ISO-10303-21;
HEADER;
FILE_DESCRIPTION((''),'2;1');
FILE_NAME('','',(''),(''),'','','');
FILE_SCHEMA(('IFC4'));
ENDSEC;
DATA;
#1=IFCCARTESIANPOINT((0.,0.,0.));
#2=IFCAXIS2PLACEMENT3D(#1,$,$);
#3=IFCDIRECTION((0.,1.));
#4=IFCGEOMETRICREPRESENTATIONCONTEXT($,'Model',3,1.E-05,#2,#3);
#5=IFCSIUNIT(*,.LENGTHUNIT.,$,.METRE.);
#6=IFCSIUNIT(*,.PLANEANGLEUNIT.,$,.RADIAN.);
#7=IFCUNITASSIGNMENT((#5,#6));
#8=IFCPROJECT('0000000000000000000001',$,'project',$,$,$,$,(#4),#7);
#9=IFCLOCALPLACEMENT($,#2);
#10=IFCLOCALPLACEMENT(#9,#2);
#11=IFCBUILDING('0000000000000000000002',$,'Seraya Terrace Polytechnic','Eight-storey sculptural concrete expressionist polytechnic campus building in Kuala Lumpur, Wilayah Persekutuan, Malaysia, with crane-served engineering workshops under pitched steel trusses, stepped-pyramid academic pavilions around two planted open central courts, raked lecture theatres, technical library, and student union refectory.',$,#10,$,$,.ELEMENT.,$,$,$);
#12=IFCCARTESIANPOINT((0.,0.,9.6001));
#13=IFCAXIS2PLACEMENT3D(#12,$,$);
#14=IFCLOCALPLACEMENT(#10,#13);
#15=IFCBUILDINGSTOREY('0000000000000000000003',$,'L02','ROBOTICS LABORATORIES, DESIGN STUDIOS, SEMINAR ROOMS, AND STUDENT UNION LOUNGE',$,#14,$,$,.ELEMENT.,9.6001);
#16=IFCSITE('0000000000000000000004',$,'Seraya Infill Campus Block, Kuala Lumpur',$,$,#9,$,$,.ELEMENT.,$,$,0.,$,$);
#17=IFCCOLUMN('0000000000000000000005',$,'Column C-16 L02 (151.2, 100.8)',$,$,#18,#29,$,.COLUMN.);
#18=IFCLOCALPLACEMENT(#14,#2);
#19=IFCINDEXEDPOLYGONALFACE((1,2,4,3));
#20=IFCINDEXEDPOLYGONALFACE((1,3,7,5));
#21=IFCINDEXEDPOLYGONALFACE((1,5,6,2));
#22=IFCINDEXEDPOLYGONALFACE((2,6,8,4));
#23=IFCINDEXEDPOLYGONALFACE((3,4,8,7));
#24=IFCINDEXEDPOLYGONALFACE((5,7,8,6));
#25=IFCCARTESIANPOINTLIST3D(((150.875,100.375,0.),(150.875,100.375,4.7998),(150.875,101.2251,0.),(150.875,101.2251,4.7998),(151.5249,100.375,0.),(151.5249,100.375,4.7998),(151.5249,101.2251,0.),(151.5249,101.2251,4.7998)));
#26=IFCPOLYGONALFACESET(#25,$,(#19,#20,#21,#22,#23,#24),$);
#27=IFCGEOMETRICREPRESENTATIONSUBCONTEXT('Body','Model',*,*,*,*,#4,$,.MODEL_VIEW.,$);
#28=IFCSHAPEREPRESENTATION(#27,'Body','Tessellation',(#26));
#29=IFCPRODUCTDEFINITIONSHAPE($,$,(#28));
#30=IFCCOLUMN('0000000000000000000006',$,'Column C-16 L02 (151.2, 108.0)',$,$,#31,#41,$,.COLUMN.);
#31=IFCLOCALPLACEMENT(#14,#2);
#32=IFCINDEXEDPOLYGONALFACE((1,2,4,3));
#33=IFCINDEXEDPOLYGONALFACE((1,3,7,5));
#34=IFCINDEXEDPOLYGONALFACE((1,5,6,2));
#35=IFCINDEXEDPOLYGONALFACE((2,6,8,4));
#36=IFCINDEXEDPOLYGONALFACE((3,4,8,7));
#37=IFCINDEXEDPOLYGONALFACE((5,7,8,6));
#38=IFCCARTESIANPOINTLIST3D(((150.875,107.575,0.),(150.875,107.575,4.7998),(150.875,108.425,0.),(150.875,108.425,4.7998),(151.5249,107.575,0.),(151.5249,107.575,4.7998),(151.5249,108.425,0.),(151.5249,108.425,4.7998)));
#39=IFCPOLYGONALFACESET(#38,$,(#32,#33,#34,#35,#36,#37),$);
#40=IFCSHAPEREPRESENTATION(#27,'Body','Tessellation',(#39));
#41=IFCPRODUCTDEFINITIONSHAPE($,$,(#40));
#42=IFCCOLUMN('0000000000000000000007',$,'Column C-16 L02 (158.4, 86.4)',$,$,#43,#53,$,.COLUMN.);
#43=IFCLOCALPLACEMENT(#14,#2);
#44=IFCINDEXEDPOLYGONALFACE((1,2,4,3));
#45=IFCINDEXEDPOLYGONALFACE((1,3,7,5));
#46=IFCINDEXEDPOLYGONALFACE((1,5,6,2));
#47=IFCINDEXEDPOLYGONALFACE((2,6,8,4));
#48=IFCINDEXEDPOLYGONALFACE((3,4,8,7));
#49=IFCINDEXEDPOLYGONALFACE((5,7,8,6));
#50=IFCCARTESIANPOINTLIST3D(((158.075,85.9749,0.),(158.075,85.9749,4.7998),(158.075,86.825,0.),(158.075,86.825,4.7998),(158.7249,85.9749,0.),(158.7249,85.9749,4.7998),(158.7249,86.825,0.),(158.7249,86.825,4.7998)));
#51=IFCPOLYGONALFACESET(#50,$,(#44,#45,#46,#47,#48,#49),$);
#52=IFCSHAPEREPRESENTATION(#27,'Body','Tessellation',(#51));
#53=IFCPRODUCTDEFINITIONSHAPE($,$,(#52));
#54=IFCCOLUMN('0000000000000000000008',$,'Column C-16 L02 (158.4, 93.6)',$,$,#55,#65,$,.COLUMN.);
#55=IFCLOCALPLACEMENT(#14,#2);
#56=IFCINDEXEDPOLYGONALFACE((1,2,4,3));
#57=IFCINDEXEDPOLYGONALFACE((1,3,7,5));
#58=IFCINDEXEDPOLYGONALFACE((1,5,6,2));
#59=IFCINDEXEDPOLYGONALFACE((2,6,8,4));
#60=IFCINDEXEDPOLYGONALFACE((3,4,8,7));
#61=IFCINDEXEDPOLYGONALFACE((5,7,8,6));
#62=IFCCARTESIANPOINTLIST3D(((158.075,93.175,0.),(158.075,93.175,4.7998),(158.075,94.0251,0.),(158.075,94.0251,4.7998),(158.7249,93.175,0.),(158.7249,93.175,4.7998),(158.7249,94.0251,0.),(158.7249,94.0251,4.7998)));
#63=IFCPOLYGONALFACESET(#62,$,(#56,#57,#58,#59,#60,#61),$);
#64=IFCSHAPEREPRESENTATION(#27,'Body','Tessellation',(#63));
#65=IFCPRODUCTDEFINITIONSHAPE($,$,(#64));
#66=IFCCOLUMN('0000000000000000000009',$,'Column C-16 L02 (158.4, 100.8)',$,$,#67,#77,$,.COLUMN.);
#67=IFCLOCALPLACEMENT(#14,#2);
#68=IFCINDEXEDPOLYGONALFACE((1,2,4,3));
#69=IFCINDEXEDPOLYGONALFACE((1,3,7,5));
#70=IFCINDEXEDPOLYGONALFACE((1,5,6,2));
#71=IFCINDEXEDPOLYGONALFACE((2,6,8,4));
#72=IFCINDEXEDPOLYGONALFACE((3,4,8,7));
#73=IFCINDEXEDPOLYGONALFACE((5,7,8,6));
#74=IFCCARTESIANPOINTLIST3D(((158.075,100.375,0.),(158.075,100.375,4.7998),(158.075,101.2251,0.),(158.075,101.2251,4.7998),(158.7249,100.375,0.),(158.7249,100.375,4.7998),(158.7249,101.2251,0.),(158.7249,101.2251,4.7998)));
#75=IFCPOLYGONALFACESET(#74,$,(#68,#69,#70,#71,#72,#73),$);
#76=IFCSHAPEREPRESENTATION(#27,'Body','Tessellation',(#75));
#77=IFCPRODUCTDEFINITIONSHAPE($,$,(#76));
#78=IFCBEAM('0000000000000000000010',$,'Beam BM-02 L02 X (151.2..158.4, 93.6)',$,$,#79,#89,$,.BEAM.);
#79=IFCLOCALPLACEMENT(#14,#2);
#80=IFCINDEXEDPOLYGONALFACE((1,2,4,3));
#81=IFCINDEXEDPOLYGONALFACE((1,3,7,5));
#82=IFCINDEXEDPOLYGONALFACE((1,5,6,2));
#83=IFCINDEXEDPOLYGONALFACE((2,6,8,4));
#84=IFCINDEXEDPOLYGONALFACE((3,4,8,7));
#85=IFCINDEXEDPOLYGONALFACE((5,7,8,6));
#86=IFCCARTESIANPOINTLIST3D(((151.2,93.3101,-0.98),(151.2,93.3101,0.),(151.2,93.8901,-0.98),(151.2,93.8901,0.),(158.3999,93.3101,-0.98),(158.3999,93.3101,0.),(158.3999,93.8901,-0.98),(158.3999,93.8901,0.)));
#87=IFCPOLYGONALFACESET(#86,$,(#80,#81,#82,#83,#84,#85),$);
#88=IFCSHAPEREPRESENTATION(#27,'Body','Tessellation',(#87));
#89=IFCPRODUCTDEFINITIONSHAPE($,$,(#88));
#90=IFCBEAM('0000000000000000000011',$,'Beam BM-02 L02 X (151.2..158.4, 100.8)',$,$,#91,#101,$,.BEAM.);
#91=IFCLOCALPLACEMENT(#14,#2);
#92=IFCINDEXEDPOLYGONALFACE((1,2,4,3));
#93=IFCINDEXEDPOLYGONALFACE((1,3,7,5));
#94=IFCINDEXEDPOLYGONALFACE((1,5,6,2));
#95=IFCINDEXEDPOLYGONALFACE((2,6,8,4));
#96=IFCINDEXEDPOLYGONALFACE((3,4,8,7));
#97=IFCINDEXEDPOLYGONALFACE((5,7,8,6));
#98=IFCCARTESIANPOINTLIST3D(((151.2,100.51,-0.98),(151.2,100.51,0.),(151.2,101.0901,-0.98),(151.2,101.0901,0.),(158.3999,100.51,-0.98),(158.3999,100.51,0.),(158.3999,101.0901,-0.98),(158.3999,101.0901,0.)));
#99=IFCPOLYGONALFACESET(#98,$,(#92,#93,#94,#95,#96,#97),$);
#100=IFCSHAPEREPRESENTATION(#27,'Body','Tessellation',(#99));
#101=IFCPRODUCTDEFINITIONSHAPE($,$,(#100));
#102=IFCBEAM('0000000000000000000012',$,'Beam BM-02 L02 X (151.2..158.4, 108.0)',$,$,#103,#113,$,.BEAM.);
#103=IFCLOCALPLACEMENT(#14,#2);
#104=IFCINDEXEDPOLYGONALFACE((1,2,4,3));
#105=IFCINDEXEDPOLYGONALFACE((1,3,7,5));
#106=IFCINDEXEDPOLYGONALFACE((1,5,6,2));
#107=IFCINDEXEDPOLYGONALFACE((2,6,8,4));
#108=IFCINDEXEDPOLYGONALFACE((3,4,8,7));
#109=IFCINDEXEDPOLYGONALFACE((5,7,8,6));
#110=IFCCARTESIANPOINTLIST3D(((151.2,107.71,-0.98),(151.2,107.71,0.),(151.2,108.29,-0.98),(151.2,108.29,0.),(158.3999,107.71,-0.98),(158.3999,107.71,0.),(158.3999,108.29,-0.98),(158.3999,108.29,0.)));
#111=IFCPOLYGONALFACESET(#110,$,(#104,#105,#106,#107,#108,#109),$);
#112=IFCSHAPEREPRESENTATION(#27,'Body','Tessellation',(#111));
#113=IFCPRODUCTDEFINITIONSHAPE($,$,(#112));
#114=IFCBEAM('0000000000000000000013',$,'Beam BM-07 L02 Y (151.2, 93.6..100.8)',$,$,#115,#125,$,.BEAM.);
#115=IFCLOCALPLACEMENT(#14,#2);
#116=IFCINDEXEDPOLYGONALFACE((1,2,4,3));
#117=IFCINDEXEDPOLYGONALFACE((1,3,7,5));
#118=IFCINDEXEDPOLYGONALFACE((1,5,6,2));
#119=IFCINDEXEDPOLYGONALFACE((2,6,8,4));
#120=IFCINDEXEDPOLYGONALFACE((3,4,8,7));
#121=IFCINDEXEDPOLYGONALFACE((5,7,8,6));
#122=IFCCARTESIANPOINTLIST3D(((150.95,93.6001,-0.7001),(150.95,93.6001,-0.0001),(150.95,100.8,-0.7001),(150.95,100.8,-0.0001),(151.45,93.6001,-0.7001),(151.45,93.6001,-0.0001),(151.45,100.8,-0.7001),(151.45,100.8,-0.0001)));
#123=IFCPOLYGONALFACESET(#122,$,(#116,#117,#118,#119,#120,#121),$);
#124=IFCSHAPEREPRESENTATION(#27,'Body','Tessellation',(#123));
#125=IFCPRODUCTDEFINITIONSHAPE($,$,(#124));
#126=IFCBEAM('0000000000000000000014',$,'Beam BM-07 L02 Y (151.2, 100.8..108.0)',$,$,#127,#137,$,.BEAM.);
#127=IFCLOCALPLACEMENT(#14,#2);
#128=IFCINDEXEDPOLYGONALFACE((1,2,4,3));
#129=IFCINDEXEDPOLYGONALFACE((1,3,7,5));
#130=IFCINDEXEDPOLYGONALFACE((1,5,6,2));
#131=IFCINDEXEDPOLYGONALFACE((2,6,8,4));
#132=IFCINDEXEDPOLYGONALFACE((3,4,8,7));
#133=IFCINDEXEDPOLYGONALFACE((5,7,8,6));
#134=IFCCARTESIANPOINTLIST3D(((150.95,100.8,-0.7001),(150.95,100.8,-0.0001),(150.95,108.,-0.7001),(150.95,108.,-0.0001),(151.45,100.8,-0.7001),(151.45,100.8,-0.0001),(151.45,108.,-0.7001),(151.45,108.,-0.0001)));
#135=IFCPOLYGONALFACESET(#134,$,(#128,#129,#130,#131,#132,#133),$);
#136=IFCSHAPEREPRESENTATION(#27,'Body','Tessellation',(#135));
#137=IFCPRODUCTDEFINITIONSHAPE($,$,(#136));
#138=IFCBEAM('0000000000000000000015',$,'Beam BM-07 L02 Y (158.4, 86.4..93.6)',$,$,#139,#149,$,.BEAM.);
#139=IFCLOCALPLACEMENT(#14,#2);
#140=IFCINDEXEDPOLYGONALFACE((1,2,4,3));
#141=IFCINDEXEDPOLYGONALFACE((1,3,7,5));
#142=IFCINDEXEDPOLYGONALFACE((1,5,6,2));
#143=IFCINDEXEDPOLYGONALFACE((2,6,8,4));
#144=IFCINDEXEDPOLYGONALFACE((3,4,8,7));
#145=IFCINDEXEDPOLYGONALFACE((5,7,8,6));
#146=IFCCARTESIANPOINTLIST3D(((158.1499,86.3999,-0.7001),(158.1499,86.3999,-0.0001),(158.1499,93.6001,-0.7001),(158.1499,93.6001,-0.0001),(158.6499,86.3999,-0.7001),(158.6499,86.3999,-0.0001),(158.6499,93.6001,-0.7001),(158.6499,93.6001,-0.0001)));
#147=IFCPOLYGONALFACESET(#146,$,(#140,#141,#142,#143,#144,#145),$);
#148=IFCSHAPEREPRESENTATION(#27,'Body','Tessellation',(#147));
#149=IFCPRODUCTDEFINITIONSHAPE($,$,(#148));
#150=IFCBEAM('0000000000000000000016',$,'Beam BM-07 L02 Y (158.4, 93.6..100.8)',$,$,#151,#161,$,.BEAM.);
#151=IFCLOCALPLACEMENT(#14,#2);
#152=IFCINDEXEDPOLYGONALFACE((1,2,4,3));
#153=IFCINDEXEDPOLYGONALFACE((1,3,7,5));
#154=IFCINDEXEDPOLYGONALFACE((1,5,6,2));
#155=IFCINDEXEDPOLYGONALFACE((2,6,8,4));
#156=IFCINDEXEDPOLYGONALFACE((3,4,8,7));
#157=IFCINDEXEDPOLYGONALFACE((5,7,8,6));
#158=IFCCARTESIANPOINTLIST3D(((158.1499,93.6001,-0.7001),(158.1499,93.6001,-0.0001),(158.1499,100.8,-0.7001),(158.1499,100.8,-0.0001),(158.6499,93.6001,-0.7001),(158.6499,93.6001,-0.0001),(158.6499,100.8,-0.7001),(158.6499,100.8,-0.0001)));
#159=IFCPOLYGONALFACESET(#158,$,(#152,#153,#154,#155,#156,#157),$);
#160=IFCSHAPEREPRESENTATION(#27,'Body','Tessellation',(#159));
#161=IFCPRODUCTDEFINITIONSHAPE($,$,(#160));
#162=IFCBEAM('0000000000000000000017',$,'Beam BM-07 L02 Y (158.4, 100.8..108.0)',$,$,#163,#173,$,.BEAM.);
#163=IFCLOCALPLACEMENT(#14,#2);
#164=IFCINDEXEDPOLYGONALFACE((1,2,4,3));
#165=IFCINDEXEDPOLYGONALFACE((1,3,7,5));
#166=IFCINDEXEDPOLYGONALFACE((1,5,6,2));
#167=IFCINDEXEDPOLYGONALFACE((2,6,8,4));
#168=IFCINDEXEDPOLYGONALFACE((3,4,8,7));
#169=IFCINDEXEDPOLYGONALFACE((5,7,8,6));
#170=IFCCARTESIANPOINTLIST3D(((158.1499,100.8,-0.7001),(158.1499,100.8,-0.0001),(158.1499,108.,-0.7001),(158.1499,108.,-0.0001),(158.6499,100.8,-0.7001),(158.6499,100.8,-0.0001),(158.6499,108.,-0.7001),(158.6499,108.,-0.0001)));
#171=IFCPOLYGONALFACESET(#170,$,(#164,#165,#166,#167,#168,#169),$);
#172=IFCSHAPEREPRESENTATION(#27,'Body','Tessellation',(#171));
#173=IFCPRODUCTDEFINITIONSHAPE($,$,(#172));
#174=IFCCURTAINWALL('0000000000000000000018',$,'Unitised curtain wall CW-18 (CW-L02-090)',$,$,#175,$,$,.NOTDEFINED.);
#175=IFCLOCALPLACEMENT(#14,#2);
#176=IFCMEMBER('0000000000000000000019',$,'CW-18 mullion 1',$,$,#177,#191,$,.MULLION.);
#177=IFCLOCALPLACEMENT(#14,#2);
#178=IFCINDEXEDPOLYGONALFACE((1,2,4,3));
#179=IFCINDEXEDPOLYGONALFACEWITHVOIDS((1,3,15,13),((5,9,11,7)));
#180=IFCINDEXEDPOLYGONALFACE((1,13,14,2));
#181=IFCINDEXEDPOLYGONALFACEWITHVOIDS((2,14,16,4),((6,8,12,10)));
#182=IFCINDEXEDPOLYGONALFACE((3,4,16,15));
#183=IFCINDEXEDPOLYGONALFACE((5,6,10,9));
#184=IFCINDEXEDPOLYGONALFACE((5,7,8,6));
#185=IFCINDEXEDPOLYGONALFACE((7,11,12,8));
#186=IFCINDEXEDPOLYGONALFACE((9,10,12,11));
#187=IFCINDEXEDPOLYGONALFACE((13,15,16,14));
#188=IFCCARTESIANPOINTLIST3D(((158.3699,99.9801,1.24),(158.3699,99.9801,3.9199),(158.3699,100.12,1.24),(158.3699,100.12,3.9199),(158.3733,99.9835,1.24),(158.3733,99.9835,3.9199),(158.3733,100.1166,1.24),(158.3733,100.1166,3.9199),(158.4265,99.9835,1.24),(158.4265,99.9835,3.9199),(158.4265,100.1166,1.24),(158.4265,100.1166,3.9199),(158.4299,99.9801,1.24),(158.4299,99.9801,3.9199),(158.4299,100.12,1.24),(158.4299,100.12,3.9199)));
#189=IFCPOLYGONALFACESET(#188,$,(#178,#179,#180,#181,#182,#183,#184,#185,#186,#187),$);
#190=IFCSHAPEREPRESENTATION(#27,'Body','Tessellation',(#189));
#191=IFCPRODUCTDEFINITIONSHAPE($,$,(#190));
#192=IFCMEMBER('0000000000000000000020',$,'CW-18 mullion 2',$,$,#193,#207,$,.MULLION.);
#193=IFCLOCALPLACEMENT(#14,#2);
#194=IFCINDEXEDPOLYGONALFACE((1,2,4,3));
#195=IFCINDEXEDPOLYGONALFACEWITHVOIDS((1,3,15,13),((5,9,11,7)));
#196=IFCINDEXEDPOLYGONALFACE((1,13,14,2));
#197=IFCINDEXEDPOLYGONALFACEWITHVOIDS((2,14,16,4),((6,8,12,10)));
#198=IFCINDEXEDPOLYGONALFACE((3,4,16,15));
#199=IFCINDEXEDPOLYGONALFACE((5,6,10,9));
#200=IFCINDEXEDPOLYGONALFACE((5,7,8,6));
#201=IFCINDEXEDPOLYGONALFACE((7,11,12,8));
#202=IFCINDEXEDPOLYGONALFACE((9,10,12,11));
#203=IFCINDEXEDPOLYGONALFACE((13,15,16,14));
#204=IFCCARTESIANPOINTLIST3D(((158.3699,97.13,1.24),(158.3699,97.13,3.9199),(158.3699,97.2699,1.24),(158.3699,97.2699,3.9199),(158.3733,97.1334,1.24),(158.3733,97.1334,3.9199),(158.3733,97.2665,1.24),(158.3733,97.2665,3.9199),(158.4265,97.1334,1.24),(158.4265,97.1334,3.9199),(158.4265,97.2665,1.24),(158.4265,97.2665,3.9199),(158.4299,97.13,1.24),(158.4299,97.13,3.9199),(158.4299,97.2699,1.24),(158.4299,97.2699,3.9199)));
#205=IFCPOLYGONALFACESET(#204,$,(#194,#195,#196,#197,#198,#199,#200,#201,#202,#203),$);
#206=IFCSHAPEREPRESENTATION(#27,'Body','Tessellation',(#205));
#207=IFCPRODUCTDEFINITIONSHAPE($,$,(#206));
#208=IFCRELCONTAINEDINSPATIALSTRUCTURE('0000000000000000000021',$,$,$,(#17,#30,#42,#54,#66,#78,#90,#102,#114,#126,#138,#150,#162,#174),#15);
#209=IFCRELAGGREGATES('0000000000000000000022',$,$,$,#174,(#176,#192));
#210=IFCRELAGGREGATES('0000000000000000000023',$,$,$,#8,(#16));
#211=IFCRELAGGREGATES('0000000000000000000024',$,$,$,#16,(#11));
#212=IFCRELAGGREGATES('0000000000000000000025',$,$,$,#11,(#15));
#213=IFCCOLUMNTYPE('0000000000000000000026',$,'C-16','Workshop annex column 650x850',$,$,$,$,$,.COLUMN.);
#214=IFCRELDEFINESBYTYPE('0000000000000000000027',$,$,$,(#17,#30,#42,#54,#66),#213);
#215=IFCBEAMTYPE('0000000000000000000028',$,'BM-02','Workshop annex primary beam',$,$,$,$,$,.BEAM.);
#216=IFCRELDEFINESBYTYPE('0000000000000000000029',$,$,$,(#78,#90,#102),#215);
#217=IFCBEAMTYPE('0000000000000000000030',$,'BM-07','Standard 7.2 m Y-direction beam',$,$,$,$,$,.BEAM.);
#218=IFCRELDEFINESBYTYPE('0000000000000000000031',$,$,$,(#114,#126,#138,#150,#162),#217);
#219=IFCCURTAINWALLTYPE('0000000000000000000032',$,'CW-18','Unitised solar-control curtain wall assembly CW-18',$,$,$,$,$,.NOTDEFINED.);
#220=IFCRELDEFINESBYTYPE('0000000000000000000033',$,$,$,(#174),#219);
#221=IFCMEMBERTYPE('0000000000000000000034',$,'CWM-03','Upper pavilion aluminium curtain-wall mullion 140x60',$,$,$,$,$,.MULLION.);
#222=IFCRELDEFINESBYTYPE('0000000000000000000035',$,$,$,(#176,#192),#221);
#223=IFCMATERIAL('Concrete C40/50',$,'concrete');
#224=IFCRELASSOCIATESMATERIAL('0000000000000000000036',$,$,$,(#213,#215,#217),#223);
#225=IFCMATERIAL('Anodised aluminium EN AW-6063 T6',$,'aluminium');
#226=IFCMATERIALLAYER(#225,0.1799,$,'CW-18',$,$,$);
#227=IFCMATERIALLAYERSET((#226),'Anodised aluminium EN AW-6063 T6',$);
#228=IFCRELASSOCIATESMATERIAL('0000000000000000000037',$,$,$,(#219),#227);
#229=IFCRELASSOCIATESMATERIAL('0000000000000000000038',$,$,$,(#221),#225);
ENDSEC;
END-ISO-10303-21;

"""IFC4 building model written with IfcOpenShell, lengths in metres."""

from ifc_helpers import new_model, si_unit, direction, frame, origin, origin_2d, place, context, subcontext, project, spatial, rectangle, hollow_rectangle, extrude, material, layer, layer_set, material_profile, profile_set, type_object, element, aggregate, save


model = new_model("IFC4")

# Units and contexts
model_context = context("Model", 3, precision=1e-05, world=origin(), true_north=direction((0.0, 1.0)))
body_context = subcontext(model_context, "Body", "Model", "MODEL_VIEW")
ifc_project = project(units=[si_unit("LENGTHUNIT", "METRE"), si_unit("PLANEANGLEUNIT", "RADIAN")], contexts=[model_context])

# Site, building, storey
site_placement = place(None, origin())
site = spatial("IfcSite", under=ifc_project, at=site_placement, Name="Seraya Infill Campus Block, Kuala Lumpur", CompositionType="ELEMENT", RefElevation=0.0)
building_placement = place(site_placement, origin())
building = spatial("IfcBuilding", under=site, at=building_placement, Name="Seraya Terrace Polytechnic", Description="Eight-storey sculptural concrete expressionist polytechnic campus building in Kuala Lumpur, Wilayah Persekutuan, Malaysia, with crane-served engineering workshops under pitched steel trusses, stepped-pyramid academic pavilions around two planted open central courts, raked lecture theatres, technical library, and student union refectory.", CompositionType="ELEMENT")
storey_placement = place(building_placement, frame((0.0, 0.0, 9.6001)))
storey = spatial("IfcBuildingStorey", under=building, at=storey_placement, Name="L02", Description="ROBOTICS LABORATORIES, DESIGN STUDIOS, SEMINAR ROOMS, AND STUDENT UNION LOUNGE", CompositionType="ELEMENT", Elevation=9.6001)

# Columns
ifc_material_1 = material(Name="Concrete C40/50", Category="concrete")
ifc_material_profile_1 = material_profile(ifc_material_1, rectangle(XDim=0.6499, YDim=0.8501, at=origin_2d()), Name="RC 650x850")
ifc_profile_set_1 = profile_set([ifc_material_profile_1], Name="Concrete C40/50")
column_type = type_object("IfcColumnType", Name="C-16", Description="Workshop annex column 650x850", PredefinedType="COLUMN", material=ifc_profile_set_1)
for number, where, z_axis, x_axis, name in (
    (1, (151.2, 100.8, 0.0), (0.0, 0.0, 1.0), (1.0, 0.0, 0.0), "Column C-16 L02 (151.2, 100.8)"),
    (2, (151.2, 108.0, 0.0), (0.0, 0.0, 1.0), (1.0, 0.0, 0.0), "Column C-16 L02 (151.2, 108.0)"),
    (3, (158.3999, 86.3999, 0.0), (0.0, 0.0, 1.0), (1.0, 0.0, 0.0), "Column C-16 L02 (158.4, 86.4)"),
    (4, (158.3999, 93.6001, 0.0), (0.0, 0.0, 1.0), (1.0, 0.0, 0.0), "Column C-16 L02 (158.4, 93.6)"),
    (5, (158.3999, 100.8, 0.0), (0.0, 0.0, 1.0), (1.0, 0.0, 0.0), "Column C-16 L02 (158.4, 100.8)"),
):
    element("IfcColumn", number, at=place(storey_placement, frame(where, z_axis=z_axis, x_axis=x_axis)), inside=storey, type_object=column_type, Name=name, PredefinedType="COLUMN", context=body_context, shape_type="SweptSolid", body=[
        extrude(rectangle(XDim=0.6499, YDim=0.8501, at=origin_2d()), origin(), (0.0, 0.0, 1.0), 4.7998),
    ])

# Beams
ifc_material_profile_2 = material_profile(ifc_material_1, rectangle(XDim=0.5801, YDim=0.98, at=origin_2d()), Name="RC 580x980")
ifc_profile_set_2 = profile_set([ifc_material_profile_2], Name="Concrete C40/50")
beam_type_1 = type_object("IfcBeamType", Name="BM-02", Description="Workshop annex primary beam", PredefinedType="BEAM", material=ifc_profile_set_2)
for number, where, z_axis, x_axis, name in (
    (6, (151.2, 93.6001, -0.49), (1.0, 0.0, 0.0), (0.0, 1.0, 0.0), "Beam BM-02 L02 X (151.2..158.4, 93.6)"),
    (7, (151.2, 100.8, -0.49), (1.0, 0.0, 0.0), (0.0, 1.0, 0.0), "Beam BM-02 L02 X (151.2..158.4, 100.8)"),
    (8, (151.2, 108.0, -0.49), (1.0, 0.0, 0.0), (0.0, 1.0, 0.0), "Beam BM-02 L02 X (151.2..158.4, 108.0)"),
):
    element("IfcBeam", number, at=place(storey_placement, frame(where, z_axis=z_axis, x_axis=x_axis)), inside=storey, type_object=beam_type_1, Name=name, PredefinedType="BEAM", context=body_context, shape_type="SweptSolid", body=[
        extrude(rectangle(XDim=0.5801, YDim=0.98, at=origin_2d()), origin(), (0.0, 0.0, 1.0), 7.2),
    ])
ifc_material_profile_3 = material_profile(ifc_material_1, rectangle(XDim=0.5, YDim=0.7, at=origin_2d()), Name="RC 500x700")
ifc_profile_set_3 = profile_set([ifc_material_profile_3], Name="Concrete C40/50")
beam_type_2 = type_object("IfcBeamType", Name="BM-07", Description="Standard 7.2 m Y-direction beam", PredefinedType="BEAM", material=ifc_profile_set_3)
for number, where, z_axis, x_axis, name in (
    (9, (151.2, 93.6001, -0.3501), (0.0, 1.0, 0.0), (-1.0, 0.0, 0.0), "Beam BM-07 L02 Y (151.2, 93.6..100.8)"),
    (10, (151.2, 100.8, -0.3501), (0.0, 1.0, 0.0), (-1.0, 0.0, 0.0), "Beam BM-07 L02 Y (151.2, 100.8..108.0)"),
):
    element("IfcBeam", number, at=place(storey_placement, frame(where, z_axis=z_axis, x_axis=x_axis)), inside=storey, type_object=beam_type_2, Name=name, PredefinedType="BEAM", context=body_context, shape_type="SweptSolid", body=[
        extrude(rectangle(XDim=0.5, YDim=0.7, at=origin_2d()), origin(), (0.0, 0.0, 1.0), 7.2),
    ])
beam_1_placement = place(storey_placement, frame((158.3999, 86.3999, -0.3501), z_axis=(0.0, 1.0, 0.0), x_axis=(-1.0, 0.0, 0.0)))
element("IfcBeam", 11, at=beam_1_placement, inside=storey, type_object=beam_type_2, Name="Beam BM-07 L02 Y (158.4, 86.4..93.6)", PredefinedType="BEAM", context=body_context, shape_type="SweptSolid", body=[
    extrude(rectangle(XDim=0.5, YDim=0.7, at=origin_2d()), origin(), (0.0, 0.0, 1.0), 7.2002),
])
for number, where, z_axis, x_axis, name in (
    (12, (158.3999, 93.6001, -0.3501), (0.0, 1.0, 0.0), (-1.0, 0.0, 0.0), "Beam BM-07 L02 Y (158.4, 93.6..100.8)"),
    (13, (158.3999, 100.8, -0.3501), (0.0, 1.0, 0.0), (-1.0, 0.0, 0.0), "Beam BM-07 L02 Y (158.4, 100.8..108.0)"),
):
    element("IfcBeam", number, at=place(storey_placement, frame(where, z_axis=z_axis, x_axis=x_axis)), inside=storey, type_object=beam_type_2, Name=name, PredefinedType="BEAM", context=body_context, shape_type="SweptSolid", body=[
        extrude(rectangle(XDim=0.5, YDim=0.7, at=origin_2d()), origin(), (0.0, 0.0, 1.0), 7.2),
    ])

# Curtain wall, members
ifc_material_2 = material(Name="Anodised aluminium EN AW-6063 T6", Category="aluminium")
ifc_layer_1 = layer(ifc_material_2, 0.1799, Name="CW-18")
ifc_layer_set_1 = layer_set([ifc_layer_1], Name="Anodised aluminium EN AW-6063 T6")
curtain_wall_type = type_object("IfcCurtainWallType", Name="CW-18", Description="Unitised solar-control curtain wall assembly CW-18", PredefinedType="NOTDEFINED", material=ifc_layer_set_1)
curtain_wall_placement = place(storey_placement, origin())
curtain_wall = element("IfcCurtainWall", 14, at=curtain_wall_placement, inside=storey, type_object=curtain_wall_type, Name="Unitised curtain wall CW-18 (CW-L02-090)", PredefinedType="NOTDEFINED")
ifc_material_profile_4 = material_profile(ifc_material_2, hollow_rectangle(XDim=0.0601, YDim=0.1399, WallThickness=0.0034, at=origin_2d()), Name="RHS 140x60x3.5")
ifc_profile_set_4 = profile_set([ifc_material_profile_4], Name="Anodised aluminium EN AW-6063 T6")
member_type_1 = type_object("IfcMemberType", Name="CWM-03", Description="Upper pavilion aluminium curtain-wall mullion 140x60", PredefinedType="MULLION", material=ifc_profile_set_4)
member_1_placement = place(storey_placement, frame((158.3999, 100.05, 1.24), z_axis=(0.0, 0.0, 1.0), x_axis=(1.0, 0.0, 0.0)))
member_1 = element("IfcMember", 15, at=member_1_placement, type_object=member_type_1, Name="CW-18 mullion 1", PredefinedType="MULLION", context=body_context, shape_type="SweptSolid", body=[
    extrude(hollow_rectangle(XDim=0.0601, YDim=0.1399, WallThickness=0.0034, at=origin_2d()), origin(), (0.0, 0.0, 1.0), 2.6799),
])
member_2_placement = place(storey_placement, frame((158.3999, 97.2, 1.24), z_axis=(0.0, 0.0, 1.0), x_axis=(1.0, 0.0, 0.0)))
member_2 = element("IfcMember", 16, at=member_2_placement, type_object=member_type_1, Name="CW-18 mullion 2", PredefinedType="MULLION", context=body_context, shape_type="SweptSolid", body=[
    extrude(hollow_rectangle(XDim=0.0601, YDim=0.1399, WallThickness=0.0034, at=origin_2d()), origin(), (0.0, 0.0, 1.0), 2.6799),
])

aggregate(curtain_wall, [member_1, member_2])

save(model, "model.ifc")
